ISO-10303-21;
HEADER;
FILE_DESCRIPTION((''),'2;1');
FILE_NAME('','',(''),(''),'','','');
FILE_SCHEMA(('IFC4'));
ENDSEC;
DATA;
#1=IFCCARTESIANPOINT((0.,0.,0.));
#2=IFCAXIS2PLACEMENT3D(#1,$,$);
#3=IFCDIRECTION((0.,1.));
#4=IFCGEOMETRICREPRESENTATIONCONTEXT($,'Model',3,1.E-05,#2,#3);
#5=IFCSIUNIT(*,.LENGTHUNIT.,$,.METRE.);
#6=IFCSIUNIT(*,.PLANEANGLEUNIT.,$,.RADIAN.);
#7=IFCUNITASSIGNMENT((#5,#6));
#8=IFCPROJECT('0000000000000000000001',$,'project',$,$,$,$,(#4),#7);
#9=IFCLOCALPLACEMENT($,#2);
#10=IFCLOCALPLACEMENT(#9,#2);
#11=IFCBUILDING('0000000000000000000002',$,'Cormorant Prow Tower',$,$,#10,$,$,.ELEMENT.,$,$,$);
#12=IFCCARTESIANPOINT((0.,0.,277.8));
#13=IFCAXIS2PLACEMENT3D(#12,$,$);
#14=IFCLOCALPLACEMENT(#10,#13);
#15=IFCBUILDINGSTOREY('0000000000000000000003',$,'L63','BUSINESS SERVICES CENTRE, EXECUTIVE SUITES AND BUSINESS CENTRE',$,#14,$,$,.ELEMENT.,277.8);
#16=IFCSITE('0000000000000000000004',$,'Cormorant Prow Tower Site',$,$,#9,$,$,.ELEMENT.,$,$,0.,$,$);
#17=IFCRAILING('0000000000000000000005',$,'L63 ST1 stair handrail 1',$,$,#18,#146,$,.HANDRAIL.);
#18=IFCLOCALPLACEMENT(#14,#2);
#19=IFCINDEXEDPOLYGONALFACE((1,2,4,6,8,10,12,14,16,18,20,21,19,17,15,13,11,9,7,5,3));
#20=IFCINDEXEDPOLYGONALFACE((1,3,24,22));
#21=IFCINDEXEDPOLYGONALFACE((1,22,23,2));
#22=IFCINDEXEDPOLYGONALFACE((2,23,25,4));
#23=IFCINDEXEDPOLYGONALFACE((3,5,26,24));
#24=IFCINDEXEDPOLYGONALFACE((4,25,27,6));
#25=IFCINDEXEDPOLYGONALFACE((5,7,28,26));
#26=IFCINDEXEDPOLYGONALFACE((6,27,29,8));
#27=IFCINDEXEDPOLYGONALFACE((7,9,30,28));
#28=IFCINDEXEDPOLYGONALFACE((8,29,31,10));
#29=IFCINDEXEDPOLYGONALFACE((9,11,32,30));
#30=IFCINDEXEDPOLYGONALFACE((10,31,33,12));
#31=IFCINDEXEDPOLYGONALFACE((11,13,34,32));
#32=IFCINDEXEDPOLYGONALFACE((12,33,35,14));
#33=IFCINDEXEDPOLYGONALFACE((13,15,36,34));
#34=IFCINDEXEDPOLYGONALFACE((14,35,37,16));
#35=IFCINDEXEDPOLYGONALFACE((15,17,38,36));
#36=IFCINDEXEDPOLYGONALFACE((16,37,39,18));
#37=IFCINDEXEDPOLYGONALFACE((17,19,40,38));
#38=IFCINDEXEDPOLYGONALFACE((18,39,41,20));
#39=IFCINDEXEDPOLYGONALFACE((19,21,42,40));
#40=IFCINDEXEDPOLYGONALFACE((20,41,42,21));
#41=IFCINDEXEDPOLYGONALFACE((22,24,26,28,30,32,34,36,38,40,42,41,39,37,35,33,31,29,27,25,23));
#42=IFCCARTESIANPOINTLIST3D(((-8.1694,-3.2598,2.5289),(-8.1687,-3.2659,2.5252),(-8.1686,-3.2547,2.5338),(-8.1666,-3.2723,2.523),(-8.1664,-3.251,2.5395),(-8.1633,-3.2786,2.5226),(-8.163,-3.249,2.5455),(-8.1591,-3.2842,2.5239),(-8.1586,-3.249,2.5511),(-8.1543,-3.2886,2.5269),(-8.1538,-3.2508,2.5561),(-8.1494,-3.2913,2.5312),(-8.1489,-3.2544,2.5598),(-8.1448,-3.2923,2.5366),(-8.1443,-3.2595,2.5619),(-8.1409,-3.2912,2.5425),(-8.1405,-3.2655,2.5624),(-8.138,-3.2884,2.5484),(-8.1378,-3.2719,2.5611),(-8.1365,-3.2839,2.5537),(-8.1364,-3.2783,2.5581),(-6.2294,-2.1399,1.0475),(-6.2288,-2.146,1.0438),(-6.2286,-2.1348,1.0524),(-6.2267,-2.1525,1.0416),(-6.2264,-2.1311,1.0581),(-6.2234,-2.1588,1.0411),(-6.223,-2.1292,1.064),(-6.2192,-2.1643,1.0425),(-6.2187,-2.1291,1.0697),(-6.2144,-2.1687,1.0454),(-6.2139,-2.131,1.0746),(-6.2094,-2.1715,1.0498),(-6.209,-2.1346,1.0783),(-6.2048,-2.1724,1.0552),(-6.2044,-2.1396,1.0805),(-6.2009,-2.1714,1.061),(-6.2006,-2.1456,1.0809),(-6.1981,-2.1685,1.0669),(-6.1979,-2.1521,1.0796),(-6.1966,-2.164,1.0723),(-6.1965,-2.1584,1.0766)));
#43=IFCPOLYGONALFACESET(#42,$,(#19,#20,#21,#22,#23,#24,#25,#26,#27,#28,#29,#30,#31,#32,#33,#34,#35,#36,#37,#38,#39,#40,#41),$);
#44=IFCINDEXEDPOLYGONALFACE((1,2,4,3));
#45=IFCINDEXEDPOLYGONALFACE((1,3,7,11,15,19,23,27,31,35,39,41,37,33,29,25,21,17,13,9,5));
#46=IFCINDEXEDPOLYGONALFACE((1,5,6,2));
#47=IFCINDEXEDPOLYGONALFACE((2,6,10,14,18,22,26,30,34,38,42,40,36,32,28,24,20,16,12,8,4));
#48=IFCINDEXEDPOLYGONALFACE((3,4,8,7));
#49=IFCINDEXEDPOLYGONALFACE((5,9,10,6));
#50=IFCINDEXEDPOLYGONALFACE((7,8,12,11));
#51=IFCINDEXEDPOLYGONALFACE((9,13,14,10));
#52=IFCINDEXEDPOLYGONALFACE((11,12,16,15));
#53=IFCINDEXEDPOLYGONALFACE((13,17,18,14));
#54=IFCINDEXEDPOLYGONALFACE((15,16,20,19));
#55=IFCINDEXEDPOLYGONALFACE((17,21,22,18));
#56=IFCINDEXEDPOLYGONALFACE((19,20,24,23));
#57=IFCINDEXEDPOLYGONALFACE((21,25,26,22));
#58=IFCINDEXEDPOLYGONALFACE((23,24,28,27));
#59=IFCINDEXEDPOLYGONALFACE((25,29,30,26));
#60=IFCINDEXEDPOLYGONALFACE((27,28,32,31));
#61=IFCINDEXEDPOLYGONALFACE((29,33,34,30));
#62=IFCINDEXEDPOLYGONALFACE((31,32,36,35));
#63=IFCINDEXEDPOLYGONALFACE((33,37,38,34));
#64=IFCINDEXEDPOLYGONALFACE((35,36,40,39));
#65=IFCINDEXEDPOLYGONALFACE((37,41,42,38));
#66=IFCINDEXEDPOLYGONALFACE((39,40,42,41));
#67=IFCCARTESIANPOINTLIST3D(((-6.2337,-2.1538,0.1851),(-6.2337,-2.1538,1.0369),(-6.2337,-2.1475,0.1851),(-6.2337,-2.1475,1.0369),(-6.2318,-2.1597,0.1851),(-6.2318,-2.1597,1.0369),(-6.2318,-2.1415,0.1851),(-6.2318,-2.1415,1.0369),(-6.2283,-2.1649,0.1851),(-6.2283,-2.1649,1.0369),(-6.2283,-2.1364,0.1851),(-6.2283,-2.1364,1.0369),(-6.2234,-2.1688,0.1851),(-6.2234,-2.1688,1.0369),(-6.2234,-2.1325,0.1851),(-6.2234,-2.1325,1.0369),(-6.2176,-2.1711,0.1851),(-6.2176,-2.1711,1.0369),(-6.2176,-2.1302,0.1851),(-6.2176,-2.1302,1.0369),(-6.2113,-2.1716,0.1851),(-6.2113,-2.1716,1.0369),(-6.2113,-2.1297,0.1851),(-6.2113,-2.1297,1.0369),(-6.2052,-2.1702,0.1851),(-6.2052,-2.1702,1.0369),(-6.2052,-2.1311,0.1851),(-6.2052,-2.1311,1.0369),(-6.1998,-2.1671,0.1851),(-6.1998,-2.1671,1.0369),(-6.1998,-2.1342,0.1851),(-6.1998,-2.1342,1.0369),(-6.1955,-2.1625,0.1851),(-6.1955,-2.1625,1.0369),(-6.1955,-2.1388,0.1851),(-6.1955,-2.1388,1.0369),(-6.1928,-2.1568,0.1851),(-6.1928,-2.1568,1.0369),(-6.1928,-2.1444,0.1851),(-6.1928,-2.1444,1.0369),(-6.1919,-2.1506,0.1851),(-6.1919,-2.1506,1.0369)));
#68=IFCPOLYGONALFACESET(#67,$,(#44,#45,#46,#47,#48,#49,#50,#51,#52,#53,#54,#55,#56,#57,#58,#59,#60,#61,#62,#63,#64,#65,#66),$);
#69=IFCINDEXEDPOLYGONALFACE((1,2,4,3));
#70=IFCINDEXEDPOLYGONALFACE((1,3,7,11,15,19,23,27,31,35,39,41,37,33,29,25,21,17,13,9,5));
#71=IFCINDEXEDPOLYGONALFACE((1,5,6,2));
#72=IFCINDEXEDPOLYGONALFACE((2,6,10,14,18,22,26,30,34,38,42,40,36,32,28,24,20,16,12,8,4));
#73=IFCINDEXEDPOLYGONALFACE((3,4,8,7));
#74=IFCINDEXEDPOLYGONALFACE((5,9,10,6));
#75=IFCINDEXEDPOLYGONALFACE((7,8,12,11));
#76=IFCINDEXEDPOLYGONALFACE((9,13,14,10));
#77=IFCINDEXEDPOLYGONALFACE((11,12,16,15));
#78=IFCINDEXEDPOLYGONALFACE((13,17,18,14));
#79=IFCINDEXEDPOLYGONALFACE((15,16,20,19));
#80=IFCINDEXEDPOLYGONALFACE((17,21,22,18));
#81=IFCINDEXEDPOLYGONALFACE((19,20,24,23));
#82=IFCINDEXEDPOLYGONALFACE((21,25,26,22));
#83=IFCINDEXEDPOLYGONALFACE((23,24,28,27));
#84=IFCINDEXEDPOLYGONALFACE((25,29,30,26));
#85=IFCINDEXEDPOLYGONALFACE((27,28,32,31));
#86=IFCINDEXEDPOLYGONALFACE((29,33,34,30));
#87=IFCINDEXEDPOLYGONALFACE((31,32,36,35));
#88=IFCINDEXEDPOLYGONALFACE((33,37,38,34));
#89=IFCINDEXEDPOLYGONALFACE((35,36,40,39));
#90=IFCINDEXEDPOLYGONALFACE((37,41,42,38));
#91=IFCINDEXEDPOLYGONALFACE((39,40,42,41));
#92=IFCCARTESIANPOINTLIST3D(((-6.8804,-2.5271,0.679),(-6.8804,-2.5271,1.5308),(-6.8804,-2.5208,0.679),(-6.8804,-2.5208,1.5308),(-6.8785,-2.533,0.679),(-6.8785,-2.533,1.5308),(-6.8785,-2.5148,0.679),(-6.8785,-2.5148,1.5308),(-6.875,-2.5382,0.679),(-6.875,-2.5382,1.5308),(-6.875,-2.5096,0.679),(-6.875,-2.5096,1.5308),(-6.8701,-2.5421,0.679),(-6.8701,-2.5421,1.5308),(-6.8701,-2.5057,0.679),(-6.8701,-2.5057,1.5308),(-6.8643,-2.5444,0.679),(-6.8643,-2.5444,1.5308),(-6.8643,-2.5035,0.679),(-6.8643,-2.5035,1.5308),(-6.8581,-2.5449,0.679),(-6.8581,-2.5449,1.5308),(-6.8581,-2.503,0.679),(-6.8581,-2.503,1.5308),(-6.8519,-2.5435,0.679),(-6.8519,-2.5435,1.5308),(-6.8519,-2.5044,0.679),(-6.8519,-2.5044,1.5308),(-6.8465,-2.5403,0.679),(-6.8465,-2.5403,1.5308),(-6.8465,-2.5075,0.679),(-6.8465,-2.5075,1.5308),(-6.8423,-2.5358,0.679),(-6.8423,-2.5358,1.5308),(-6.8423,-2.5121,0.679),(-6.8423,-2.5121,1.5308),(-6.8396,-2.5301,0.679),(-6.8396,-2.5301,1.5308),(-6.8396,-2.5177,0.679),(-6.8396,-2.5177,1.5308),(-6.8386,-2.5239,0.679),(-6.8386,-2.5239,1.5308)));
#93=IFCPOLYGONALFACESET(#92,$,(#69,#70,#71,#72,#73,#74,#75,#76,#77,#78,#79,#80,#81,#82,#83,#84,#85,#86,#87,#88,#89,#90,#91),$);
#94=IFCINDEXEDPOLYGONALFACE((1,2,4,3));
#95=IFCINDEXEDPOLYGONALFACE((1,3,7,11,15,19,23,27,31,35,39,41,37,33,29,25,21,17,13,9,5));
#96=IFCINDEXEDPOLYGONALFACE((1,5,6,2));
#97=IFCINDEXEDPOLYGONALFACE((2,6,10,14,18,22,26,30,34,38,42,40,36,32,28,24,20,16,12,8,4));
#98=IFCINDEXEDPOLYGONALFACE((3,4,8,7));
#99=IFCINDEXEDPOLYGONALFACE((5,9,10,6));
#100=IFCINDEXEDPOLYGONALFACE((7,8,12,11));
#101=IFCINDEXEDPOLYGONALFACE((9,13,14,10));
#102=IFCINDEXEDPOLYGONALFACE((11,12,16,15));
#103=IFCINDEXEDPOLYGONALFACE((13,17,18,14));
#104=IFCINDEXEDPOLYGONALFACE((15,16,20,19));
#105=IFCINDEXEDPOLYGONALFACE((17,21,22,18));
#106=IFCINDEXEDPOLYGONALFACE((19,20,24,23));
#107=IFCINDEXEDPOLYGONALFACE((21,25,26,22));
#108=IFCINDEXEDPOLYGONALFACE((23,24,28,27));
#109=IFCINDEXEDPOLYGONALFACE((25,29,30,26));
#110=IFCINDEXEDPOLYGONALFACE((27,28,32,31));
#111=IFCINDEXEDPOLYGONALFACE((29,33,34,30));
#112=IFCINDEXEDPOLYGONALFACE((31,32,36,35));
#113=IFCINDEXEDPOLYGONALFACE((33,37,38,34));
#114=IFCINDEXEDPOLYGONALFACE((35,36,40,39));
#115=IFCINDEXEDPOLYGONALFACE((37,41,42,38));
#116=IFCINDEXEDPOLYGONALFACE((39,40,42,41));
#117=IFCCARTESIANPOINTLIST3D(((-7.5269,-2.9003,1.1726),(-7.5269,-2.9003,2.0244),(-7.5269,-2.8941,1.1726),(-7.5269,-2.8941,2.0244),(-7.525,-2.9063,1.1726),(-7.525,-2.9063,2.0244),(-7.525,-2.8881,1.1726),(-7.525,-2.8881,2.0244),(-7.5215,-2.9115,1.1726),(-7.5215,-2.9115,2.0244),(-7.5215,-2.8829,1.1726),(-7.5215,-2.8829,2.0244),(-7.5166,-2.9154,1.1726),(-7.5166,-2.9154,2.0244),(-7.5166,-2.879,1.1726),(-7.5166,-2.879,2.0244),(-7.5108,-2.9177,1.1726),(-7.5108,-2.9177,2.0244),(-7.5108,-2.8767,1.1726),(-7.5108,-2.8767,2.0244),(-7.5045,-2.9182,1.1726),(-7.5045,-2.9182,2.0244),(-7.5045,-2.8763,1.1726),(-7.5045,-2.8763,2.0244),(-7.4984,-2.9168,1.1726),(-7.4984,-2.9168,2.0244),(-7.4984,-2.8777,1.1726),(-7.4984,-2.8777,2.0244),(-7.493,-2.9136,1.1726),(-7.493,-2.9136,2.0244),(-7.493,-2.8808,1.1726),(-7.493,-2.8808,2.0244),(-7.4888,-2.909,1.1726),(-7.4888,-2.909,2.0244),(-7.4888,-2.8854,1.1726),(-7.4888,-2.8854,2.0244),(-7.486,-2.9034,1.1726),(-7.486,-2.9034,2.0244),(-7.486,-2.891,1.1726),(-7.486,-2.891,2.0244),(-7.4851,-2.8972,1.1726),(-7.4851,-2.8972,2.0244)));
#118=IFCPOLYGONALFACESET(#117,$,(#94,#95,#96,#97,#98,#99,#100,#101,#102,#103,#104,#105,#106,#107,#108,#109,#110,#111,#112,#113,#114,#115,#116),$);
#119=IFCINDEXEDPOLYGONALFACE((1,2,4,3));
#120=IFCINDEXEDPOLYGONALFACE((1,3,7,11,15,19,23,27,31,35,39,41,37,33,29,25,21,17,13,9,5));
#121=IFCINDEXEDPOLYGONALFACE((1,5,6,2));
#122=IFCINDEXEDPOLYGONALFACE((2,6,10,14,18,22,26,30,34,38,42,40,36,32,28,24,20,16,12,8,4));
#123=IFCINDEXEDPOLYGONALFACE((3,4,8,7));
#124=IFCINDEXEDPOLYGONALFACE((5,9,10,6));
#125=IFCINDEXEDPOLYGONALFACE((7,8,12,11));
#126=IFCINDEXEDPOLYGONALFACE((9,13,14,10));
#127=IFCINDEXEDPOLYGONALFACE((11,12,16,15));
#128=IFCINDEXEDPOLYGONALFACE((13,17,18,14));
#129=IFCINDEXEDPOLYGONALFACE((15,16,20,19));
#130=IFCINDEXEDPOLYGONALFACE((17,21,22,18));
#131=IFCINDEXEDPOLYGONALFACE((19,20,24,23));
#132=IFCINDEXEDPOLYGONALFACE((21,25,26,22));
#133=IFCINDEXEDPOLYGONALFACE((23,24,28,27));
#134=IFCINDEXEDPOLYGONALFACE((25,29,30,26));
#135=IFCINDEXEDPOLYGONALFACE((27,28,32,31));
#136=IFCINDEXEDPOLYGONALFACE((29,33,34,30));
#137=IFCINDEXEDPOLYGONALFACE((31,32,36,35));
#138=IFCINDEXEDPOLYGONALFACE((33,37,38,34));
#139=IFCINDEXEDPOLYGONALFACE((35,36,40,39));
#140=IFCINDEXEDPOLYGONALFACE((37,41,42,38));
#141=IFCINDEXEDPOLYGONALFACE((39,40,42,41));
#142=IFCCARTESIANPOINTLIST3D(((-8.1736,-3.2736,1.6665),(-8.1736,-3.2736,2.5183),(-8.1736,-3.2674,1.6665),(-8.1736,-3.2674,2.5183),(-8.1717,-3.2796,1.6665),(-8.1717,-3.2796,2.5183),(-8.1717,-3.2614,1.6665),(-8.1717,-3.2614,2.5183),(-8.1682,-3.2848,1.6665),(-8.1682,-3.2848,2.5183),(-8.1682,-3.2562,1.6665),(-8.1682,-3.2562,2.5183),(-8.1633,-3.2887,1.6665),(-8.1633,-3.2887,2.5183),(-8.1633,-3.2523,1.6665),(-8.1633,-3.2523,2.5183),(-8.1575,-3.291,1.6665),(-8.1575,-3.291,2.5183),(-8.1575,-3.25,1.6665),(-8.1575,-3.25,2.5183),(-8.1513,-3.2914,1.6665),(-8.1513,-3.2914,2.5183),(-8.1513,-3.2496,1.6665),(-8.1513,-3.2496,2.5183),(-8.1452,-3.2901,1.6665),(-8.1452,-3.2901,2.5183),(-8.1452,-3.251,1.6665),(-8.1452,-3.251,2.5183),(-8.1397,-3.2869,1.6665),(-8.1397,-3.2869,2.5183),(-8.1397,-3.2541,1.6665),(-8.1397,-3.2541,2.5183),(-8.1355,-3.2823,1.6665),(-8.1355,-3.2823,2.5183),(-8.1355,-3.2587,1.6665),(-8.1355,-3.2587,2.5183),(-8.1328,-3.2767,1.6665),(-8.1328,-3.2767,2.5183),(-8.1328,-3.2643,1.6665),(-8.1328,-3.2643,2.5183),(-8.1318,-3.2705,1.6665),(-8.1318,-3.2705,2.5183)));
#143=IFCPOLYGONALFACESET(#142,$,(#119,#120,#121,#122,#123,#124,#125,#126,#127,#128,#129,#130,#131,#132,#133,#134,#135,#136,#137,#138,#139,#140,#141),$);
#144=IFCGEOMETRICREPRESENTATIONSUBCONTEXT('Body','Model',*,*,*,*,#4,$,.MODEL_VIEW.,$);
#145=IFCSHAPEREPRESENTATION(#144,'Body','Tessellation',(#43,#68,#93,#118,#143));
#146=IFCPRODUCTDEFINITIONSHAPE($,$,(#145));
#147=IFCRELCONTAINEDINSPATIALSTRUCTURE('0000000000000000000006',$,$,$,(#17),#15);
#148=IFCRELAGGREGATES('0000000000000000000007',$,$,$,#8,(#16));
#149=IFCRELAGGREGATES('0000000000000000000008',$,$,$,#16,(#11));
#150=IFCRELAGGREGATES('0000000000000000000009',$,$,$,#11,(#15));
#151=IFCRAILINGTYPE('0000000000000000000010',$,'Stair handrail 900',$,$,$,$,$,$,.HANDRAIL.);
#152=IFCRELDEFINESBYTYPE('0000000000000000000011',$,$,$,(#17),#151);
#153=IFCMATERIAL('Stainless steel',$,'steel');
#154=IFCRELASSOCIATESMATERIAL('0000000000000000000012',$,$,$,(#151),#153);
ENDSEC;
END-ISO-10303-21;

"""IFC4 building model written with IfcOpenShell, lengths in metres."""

from ifc_helpers import new_model, si_unit, direction, frame, origin, origin_2d, place, context, subcontext, project, spatial, circle, extrude, material, type_object, element, save


model = new_model("IFC4")

# Units and contexts
model_context = context("Model", 3, precision=1e-05, world=origin(), true_north=direction((0.0, 1.0)))
body_context = subcontext(model_context, "Body", "Model", "MODEL_VIEW")
ifc_project = project(units=[si_unit("LENGTHUNIT", "METRE"), si_unit("PLANEANGLEUNIT", "RADIAN")], contexts=[model_context])

# Site, building, storey
site_placement = place(None, origin())
site = spatial("IfcSite", under=ifc_project, at=site_placement, Name="Cormorant Prow Tower Site", CompositionType="ELEMENT", RefElevation=0.0)
building_placement = place(site_placement, origin())
building = spatial("IfcBuilding", under=site, at=building_placement, Name="Cormorant Prow Tower", CompositionType="ELEMENT")
storey_placement = place(building_placement, frame((0.0, 0.0, 277.8)))
storey = spatial("IfcBuildingStorey", under=building, at=storey_placement, Name="L63", Description="BUSINESS SERVICES CENTRE, EXECUTIVE SUITES AND BUSINESS CENTRE", CompositionType="ELEMENT", Elevation=277.8)

# Railing
ifc_material_1 = material(Name="Stainless steel", Category="steel")
railing_type = type_object("IfcRailingType", Name="Stair handrail 900", PredefinedType="HANDRAIL", material=ifc_material_1)
for number, where, name in (
    (1, (-6.2129, -2.1506, 0.1851), "L63 ST1 stair handrail 1"),
):
    element("IfcRailing", number, at=place(storey_placement, frame(where)), inside=storey, type_object=railing_type, Name=name, PredefinedType="HANDRAIL", context=body_context, shape_type="SweptSolid", body=[
        extrude(circle(Radius=0.0239, at=origin_2d()), frame((0.0, 0.0, 0.876), z_axis=(-0.722363, -0.417, 0.551636), x_axis=(0.499949, -0.866055, 0.0)), (0.0, 0.0, 1.0), 2.6855),
        extrude(circle(Radius=0.021, at=origin_2d()), origin(), (0.0, 0.0, 1.0), 0.8518),
        extrude(circle(Radius=0.021, at=origin_2d()), frame((-0.6467, -0.3733, 0.4939)), (0.0, 0.0, 1.0), 0.8518),
        extrude(circle(Radius=0.021, at=origin_2d()), frame((-1.2932, -0.7466, 0.9875)), (0.0, 0.0, 1.0), 0.8518),
        extrude(circle(Radius=0.021, at=origin_2d()), frame((-1.9399, -1.1199, 1.4814)), (0.0, 0.0, 1.0), 0.8518),
    ])

save(model, "model.ifc")
